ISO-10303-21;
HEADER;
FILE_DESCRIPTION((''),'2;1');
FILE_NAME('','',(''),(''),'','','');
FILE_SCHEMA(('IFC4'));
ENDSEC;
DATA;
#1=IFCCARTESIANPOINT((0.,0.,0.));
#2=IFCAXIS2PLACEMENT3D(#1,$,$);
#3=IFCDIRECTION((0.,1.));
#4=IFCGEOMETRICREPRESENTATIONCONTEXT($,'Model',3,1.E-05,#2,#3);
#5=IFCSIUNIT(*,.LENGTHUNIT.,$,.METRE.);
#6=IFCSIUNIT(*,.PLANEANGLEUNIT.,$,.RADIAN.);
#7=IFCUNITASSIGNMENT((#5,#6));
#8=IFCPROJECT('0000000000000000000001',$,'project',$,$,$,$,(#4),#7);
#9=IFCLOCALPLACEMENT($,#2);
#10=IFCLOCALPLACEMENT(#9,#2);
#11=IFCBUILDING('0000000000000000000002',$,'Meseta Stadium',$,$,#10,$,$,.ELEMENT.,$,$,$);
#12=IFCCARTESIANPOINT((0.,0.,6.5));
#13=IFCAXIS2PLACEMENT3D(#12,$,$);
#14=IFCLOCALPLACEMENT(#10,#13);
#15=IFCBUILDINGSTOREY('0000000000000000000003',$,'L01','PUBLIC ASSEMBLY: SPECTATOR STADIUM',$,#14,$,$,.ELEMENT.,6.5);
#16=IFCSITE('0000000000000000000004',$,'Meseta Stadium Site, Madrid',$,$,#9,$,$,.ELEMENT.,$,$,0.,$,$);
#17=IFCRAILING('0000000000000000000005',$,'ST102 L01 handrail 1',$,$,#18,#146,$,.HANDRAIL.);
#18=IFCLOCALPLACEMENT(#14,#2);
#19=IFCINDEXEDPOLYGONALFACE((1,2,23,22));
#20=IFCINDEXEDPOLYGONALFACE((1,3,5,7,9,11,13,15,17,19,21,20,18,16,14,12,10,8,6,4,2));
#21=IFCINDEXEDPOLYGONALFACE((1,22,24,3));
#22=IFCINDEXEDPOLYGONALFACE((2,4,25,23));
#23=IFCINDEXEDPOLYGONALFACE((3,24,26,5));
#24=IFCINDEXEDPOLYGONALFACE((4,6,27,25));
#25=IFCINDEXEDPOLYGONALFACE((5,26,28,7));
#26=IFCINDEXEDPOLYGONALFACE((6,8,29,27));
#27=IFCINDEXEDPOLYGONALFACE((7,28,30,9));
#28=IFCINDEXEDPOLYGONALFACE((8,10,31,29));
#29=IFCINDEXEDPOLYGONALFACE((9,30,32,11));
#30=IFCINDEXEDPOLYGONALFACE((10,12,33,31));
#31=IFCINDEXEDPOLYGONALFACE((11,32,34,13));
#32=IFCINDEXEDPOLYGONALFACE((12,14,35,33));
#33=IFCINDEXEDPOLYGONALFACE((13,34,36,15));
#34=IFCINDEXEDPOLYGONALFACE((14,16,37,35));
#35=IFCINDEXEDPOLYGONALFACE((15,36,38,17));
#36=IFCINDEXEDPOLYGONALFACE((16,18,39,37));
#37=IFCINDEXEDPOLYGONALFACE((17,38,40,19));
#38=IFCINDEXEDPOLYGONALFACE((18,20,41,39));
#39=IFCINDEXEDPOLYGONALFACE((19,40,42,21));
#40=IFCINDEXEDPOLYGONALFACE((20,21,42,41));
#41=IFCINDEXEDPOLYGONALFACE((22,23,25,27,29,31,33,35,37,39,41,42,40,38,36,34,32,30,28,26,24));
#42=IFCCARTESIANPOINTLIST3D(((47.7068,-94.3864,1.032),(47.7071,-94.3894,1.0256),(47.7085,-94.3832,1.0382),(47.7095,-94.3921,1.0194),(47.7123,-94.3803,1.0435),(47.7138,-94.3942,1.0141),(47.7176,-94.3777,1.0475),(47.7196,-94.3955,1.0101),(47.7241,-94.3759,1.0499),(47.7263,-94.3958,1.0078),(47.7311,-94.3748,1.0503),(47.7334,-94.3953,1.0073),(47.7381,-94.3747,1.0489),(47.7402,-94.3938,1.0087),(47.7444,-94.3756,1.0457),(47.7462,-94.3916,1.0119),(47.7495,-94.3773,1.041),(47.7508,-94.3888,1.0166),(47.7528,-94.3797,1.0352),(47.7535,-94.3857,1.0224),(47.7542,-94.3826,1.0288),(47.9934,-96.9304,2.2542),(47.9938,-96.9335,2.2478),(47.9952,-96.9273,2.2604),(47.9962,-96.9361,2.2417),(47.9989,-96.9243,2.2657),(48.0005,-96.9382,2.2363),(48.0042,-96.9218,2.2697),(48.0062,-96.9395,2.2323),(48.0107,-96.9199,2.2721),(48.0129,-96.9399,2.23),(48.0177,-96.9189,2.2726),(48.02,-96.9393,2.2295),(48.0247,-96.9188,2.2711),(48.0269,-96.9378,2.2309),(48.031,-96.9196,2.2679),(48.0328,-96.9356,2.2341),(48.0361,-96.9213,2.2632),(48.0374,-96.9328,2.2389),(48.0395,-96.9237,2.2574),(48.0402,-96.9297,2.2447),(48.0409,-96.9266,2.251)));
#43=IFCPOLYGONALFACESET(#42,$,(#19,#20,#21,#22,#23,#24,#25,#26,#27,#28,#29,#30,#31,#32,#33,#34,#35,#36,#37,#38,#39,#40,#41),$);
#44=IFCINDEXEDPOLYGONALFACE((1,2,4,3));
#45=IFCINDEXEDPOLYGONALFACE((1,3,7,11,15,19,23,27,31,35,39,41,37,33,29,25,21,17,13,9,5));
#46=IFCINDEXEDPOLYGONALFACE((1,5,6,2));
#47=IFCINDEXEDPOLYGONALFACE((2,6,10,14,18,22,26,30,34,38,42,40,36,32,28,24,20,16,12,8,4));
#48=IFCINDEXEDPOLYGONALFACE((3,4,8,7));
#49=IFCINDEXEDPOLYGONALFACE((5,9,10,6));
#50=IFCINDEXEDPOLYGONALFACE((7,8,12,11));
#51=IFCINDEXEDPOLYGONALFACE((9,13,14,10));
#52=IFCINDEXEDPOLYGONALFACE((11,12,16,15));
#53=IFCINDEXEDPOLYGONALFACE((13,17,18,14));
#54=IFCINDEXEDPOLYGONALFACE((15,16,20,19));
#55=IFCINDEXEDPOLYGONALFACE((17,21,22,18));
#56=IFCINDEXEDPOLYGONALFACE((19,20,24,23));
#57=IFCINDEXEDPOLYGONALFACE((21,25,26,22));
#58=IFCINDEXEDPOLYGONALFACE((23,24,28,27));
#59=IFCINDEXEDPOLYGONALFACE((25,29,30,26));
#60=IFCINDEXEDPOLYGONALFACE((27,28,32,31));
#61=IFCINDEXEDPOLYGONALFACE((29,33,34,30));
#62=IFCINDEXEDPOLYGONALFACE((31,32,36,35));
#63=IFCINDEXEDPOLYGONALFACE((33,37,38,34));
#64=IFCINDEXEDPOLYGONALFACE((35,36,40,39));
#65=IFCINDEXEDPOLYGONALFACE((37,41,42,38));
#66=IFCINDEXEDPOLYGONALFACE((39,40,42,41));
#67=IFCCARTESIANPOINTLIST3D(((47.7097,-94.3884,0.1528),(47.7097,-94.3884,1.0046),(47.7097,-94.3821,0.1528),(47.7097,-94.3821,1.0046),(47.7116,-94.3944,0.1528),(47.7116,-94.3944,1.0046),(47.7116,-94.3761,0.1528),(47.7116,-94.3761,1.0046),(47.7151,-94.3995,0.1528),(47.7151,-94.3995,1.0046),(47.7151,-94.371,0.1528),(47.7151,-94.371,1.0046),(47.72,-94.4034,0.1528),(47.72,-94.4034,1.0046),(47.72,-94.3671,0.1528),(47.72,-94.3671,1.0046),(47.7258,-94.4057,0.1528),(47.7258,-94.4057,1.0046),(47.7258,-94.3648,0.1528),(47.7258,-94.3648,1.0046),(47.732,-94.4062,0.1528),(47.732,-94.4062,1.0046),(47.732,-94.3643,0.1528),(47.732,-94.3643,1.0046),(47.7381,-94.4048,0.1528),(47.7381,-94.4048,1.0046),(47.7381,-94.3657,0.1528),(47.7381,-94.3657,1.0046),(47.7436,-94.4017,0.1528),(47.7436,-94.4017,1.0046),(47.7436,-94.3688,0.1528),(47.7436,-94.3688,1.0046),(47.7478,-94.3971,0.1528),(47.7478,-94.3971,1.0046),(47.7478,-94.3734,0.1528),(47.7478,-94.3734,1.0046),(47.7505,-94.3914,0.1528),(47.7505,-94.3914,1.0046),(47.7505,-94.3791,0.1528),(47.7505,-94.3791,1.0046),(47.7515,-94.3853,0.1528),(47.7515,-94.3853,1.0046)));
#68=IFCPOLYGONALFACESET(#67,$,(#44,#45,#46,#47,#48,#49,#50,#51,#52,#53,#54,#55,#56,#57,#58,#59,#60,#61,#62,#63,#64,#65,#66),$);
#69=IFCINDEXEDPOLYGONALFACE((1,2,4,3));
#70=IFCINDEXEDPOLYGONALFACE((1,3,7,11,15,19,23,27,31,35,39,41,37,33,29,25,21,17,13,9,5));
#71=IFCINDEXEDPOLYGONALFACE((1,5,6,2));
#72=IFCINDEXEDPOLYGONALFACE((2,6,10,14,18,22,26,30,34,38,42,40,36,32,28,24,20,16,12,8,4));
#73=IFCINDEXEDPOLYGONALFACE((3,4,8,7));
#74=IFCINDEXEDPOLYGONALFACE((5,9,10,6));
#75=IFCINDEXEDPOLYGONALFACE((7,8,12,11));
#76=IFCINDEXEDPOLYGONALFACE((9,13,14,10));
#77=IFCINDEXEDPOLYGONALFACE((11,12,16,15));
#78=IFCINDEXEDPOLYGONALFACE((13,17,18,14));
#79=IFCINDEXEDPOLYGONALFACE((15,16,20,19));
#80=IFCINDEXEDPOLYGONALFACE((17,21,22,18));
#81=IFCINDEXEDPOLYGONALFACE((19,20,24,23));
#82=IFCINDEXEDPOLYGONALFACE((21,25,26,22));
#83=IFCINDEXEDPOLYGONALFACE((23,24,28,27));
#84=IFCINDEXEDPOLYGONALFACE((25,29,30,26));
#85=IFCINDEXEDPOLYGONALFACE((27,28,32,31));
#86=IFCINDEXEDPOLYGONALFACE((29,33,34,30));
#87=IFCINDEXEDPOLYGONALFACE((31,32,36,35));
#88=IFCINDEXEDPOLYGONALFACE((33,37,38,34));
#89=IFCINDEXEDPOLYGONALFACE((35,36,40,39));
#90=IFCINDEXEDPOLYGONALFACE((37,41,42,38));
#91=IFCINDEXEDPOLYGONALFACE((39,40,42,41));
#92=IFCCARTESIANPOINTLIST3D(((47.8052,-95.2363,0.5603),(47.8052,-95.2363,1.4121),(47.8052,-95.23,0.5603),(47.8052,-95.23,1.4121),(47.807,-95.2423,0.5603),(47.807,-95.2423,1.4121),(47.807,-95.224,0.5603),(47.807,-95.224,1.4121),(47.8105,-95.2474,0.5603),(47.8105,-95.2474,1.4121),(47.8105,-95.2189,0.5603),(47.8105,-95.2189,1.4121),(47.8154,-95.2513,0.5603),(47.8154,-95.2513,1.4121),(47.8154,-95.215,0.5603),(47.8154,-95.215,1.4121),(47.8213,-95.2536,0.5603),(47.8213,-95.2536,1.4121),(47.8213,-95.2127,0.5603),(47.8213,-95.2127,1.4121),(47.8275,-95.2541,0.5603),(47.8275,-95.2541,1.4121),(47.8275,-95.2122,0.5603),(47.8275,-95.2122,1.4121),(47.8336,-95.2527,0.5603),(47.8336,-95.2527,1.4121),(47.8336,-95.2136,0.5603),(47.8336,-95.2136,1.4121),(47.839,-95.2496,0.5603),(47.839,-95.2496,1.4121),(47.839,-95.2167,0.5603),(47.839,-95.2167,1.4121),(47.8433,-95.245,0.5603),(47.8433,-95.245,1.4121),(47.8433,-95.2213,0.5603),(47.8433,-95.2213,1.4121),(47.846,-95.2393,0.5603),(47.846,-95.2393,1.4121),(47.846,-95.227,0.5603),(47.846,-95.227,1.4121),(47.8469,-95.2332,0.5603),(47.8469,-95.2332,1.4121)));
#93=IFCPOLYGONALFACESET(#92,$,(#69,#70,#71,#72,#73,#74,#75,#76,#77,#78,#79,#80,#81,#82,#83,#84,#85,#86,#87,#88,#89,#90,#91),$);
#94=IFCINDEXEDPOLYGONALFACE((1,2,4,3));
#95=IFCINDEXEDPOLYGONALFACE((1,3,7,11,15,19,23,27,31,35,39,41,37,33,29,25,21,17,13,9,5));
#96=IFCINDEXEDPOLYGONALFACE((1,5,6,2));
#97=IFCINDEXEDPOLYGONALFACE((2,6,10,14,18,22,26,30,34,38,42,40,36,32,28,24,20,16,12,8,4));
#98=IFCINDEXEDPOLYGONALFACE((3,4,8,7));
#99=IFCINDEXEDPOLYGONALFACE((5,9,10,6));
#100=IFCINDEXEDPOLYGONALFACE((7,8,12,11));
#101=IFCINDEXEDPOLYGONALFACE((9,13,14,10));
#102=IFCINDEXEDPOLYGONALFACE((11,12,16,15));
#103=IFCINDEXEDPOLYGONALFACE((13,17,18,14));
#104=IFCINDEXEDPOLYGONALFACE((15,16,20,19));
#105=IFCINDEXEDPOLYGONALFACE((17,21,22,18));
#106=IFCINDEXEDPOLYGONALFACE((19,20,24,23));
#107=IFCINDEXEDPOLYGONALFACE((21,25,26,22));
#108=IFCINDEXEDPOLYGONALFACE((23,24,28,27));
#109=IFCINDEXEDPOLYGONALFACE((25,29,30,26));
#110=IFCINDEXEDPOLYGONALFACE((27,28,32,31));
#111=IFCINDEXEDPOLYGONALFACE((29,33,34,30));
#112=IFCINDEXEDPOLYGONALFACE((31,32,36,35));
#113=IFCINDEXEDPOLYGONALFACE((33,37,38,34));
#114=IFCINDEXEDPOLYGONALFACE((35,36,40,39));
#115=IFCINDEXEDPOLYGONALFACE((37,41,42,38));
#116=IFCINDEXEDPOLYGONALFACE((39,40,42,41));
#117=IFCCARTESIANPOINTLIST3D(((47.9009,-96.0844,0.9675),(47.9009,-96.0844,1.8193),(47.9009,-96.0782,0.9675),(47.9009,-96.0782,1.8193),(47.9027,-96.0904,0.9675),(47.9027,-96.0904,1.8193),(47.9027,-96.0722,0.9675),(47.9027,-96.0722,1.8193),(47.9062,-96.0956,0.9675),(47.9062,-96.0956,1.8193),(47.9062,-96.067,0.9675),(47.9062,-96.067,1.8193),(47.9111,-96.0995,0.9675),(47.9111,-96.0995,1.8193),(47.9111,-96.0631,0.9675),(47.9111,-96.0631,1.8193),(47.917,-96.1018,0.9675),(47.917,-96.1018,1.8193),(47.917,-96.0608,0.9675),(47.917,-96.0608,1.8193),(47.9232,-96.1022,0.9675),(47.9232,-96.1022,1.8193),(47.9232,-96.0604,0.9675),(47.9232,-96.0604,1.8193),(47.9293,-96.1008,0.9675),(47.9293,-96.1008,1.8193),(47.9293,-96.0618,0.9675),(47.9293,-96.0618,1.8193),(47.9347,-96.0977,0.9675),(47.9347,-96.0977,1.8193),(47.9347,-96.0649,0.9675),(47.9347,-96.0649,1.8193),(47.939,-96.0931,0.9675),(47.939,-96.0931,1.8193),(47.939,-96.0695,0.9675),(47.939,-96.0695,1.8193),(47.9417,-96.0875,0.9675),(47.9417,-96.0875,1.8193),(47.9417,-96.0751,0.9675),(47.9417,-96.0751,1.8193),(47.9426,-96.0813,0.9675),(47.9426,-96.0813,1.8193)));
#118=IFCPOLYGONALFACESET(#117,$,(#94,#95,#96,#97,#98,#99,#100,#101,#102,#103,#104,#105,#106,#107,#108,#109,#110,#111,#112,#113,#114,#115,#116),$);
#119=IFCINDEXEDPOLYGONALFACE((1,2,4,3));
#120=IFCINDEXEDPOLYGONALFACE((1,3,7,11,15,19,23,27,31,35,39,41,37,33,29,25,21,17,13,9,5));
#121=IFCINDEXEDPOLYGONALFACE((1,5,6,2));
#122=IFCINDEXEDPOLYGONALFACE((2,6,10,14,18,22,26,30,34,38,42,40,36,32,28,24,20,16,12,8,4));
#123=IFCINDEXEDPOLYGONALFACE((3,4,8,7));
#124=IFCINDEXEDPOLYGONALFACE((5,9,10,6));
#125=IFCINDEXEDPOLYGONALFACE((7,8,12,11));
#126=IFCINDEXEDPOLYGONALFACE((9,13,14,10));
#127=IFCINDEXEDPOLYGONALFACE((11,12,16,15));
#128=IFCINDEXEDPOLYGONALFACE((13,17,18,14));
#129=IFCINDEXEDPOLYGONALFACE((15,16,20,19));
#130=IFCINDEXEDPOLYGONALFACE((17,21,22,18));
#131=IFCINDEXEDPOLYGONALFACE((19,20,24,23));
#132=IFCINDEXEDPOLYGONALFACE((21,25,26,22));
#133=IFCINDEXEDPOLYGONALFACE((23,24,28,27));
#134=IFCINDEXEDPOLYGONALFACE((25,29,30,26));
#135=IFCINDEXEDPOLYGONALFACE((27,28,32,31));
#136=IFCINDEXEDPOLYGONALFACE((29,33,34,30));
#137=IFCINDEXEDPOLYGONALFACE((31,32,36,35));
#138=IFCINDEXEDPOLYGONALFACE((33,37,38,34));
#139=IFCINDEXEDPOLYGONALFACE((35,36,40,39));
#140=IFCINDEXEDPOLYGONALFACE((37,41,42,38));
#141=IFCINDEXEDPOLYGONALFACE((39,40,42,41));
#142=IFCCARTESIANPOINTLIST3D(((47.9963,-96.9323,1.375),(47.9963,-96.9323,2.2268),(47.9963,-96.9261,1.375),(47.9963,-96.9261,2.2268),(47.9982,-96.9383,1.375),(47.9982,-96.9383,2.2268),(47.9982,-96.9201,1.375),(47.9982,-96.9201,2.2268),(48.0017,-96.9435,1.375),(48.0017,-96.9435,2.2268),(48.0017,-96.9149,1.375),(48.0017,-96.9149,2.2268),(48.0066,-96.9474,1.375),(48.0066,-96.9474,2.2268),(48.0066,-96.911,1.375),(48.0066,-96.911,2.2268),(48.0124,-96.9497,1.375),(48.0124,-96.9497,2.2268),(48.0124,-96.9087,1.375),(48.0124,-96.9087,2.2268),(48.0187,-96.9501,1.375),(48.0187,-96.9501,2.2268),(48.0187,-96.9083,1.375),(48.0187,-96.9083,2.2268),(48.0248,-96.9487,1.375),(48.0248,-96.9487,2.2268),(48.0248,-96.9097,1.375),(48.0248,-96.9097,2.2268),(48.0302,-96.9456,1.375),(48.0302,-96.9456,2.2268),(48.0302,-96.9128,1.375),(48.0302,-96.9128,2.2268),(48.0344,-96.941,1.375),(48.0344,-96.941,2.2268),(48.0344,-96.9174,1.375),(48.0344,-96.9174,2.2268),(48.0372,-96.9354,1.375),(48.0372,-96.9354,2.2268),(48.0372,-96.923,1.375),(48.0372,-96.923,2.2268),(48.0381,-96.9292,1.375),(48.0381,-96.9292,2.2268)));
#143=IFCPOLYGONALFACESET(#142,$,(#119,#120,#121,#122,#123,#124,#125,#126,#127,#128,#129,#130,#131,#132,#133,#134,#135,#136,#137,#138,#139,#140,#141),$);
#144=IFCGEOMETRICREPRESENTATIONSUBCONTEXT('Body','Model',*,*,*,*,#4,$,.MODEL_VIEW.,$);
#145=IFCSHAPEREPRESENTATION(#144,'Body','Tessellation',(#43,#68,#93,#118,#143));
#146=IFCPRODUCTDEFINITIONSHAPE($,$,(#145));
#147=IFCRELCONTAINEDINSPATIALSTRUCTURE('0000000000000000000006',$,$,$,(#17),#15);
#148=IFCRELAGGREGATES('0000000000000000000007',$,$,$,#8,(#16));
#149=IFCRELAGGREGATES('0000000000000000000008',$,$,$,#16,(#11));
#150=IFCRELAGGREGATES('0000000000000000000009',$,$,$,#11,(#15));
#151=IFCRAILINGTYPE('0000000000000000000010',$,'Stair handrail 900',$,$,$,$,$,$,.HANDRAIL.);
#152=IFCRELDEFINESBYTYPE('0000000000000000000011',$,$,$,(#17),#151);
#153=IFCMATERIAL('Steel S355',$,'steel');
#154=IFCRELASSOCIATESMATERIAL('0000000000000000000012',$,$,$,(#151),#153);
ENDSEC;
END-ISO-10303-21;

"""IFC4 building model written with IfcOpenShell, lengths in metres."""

from ifc_helpers import new_model, si_unit, direction, frame, origin, origin_2d, place, context, subcontext, project, spatial, circle, extrude, material, type_object, element, save


model = new_model("IFC4")

# Units and contexts
model_context = context("Model", 3, precision=1e-05, world=origin(), true_north=direction((0.0, 1.0)))
body_context = subcontext(model_context, "Body", "Model", "MODEL_VIEW")
ifc_project = project(units=[si_unit("LENGTHUNIT", "METRE"), si_unit("PLANEANGLEUNIT", "RADIAN")], contexts=[model_context])

# Site, building, storey
site_placement = place(None, origin())
site = spatial("IfcSite", under=ifc_project, at=site_placement, Name="Meseta Stadium Site, Madrid", CompositionType="ELEMENT", RefElevation=0.0)
building_placement = place(site_placement, origin())
building = spatial("IfcBuilding", under=site, at=building_placement, Name="Meseta Stadium", CompositionType="ELEMENT")
storey_placement = place(building_placement, frame((0.0, 0.0, 6.5)))
storey = spatial("IfcBuildingStorey", under=building, at=storey_placement, Name="L01", Description="PUBLIC ASSEMBLY: SPECTATOR STADIUM", CompositionType="ELEMENT", Elevation=6.5)

# Railing
ifc_material_1 = material(Name="Steel S355", Category="steel")
railing_type_1 = type_object("IfcRailingType", Name="Stair handrail 900", PredefinedType="HANDRAIL", material=ifc_material_1)
for number, where, name in (
    (1, (47.7305, -94.3853, 0.1528), "ST102 L01 handrail 1"),
):
    element("IfcRailing", number, at=place(storey_placement, frame(where)), inside=storey, type_object=railing_type_1, Name=name, PredefinedType="HANDRAIL", context=body_context, shape_type="SweptSolid", body=[
        extrude(circle(Radius=0.0239, at=origin_2d()), frame((0.0, 0.0, 0.876), z_axis=(0.101036, -0.896762, 0.430824), x_axis=(0.993713, 0.11196, 0.0)), (0.0, 0.0, 1.0), 2.8369),
        extrude(circle(Radius=0.021, at=origin_2d()), origin(), (0.0, 0.0, 1.0), 0.8518),
        extrude(circle(Radius=0.021, at=origin_2d()), frame((0.0955, -0.8479, 0.4075)), (0.0, 0.0, 1.0), 0.8518),
        extrude(circle(Radius=0.021, at=origin_2d()), frame((0.1912, -1.696, 0.8147)), (0.0, 0.0, 1.0), 0.8518),
        extrude(circle(Radius=0.021, at=origin_2d()), frame((0.2866, -2.5439, 1.2222)), (0.0, 0.0, 1.0), 0.8518),
    ])

save(model, "model.ifc")
